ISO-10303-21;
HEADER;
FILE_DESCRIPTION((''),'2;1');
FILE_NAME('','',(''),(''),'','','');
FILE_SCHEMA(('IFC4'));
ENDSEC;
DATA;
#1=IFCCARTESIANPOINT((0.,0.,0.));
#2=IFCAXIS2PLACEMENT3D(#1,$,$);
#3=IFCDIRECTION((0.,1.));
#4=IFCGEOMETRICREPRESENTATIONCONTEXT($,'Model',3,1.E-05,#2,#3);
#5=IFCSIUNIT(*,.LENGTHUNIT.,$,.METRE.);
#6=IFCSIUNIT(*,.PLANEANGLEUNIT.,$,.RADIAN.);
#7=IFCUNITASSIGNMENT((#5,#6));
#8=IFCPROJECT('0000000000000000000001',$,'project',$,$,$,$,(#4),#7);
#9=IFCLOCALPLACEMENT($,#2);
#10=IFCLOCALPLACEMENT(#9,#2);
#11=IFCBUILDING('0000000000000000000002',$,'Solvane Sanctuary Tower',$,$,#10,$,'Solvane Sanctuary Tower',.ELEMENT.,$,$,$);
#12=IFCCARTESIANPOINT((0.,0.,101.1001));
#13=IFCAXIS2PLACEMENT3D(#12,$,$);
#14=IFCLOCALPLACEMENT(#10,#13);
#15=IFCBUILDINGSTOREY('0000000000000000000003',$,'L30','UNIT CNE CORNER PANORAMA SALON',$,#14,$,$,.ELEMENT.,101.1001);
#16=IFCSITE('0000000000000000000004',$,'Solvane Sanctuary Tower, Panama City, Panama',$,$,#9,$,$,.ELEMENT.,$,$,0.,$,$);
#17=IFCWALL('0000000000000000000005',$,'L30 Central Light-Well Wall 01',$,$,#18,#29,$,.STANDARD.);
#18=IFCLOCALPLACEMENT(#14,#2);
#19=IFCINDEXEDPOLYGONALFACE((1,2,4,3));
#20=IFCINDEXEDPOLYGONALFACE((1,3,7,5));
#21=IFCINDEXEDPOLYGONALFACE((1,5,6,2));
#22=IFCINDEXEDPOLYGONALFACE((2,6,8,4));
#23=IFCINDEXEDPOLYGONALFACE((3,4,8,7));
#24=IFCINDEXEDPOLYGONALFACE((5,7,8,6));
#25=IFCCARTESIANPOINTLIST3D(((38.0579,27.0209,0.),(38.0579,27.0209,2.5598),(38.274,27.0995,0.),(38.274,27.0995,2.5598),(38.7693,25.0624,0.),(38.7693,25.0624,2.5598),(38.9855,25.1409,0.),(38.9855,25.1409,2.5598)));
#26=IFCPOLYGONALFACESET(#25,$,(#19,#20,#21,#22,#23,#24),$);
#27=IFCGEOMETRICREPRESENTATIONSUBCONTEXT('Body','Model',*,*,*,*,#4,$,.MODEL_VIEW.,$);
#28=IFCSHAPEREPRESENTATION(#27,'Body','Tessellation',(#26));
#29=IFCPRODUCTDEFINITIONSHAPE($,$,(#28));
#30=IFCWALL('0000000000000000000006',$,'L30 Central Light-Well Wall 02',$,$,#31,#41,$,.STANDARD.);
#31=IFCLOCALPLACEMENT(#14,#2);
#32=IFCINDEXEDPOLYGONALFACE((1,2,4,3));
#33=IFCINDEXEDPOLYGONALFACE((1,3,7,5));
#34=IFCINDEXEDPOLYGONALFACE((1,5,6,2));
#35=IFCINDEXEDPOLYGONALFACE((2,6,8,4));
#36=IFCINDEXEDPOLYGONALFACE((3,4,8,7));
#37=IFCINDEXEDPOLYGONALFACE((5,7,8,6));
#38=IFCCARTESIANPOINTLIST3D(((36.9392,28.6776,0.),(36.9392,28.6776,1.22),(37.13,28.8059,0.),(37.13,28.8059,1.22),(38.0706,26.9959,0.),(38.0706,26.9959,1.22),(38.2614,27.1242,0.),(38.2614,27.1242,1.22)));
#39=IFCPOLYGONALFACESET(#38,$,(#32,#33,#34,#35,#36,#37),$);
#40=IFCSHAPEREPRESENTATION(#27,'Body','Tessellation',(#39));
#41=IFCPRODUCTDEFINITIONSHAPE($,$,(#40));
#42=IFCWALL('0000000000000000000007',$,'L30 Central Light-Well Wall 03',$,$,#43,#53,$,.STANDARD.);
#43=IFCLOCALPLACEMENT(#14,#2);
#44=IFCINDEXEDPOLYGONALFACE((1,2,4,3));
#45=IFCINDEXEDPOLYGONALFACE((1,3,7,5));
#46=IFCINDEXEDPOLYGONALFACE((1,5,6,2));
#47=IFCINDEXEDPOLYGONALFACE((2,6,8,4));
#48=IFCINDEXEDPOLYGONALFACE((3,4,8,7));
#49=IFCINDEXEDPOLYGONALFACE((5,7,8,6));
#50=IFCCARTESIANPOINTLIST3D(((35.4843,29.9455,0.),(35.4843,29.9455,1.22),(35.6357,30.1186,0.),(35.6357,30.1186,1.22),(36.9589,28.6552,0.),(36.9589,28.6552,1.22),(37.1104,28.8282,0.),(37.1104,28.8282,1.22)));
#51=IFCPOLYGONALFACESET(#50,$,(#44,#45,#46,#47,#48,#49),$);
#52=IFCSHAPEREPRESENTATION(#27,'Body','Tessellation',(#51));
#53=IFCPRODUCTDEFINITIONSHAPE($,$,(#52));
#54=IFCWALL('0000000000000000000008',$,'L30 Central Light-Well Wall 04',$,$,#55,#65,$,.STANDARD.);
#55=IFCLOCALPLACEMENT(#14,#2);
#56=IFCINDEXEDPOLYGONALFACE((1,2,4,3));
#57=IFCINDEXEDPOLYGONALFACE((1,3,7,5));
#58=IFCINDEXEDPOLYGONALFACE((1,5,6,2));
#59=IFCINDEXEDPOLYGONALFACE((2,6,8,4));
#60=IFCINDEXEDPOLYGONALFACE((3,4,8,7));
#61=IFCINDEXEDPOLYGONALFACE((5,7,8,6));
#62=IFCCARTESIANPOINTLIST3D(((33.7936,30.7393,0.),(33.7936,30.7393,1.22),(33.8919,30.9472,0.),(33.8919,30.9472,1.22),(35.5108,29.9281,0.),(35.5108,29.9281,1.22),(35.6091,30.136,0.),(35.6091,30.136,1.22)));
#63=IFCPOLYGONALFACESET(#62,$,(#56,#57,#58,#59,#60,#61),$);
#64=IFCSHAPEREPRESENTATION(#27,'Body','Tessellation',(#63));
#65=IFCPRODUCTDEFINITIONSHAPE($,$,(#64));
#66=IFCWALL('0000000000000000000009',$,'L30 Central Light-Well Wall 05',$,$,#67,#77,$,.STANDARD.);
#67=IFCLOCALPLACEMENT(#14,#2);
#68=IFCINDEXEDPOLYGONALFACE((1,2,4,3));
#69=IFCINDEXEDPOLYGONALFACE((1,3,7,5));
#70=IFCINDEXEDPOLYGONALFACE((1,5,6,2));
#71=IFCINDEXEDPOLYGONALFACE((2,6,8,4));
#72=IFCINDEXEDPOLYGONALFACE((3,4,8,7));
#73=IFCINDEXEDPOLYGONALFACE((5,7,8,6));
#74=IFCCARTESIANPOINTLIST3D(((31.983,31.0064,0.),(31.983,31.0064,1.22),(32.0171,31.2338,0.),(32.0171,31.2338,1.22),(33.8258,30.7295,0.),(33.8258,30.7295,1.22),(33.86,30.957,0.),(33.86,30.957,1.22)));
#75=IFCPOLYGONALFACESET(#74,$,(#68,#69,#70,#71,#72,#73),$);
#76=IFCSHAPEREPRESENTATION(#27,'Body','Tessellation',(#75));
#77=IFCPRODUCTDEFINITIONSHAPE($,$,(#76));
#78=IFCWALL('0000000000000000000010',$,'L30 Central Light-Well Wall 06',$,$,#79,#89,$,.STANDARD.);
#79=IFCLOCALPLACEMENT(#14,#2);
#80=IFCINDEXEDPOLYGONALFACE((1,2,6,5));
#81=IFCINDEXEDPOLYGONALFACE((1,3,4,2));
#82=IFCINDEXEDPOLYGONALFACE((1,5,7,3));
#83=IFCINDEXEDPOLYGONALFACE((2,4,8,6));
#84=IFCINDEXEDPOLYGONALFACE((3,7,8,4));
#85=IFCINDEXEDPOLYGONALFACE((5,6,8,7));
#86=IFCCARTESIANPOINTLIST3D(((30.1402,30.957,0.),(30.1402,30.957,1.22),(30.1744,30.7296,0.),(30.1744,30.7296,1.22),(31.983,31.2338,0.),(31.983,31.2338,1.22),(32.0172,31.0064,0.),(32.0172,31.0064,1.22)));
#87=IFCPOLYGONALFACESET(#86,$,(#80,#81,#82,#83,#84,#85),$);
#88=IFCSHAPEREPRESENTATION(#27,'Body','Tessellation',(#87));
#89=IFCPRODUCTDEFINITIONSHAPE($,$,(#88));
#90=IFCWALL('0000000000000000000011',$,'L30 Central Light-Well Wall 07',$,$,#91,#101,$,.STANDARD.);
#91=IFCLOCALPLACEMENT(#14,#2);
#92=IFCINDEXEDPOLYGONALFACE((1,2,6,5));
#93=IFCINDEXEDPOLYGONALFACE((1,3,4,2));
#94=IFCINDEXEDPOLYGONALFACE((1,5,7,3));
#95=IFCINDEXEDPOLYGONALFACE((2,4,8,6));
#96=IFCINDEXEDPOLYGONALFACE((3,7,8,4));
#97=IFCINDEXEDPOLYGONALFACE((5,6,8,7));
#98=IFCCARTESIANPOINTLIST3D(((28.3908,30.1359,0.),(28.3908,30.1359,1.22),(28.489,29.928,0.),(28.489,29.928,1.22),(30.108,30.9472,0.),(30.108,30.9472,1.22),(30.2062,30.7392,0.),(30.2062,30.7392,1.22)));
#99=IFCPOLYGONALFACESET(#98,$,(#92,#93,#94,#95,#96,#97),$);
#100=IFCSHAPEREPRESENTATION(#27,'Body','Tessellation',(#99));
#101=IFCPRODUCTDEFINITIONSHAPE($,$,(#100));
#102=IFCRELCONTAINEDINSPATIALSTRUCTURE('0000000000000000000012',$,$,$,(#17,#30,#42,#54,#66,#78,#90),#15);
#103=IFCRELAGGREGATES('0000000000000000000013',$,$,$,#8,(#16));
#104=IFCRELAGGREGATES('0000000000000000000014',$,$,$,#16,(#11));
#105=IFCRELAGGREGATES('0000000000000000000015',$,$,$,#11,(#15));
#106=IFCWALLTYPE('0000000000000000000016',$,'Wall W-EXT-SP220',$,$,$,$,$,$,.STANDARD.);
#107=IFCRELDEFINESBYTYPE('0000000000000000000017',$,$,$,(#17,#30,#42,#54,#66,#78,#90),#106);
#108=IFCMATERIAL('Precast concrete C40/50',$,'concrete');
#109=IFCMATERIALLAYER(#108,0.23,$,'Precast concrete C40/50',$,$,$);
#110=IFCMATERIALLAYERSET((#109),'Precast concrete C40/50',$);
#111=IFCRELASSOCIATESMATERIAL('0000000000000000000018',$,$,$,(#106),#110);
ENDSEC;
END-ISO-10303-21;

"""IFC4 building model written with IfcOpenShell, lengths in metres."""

from ifc_helpers import new_model, si_unit, direction, frame, frame_2d, origin, place, context, subcontext, project, spatial, rectangle, extrude, material, layer, layer_set, type_object, element, save


model = new_model("IFC4")

# Units and contexts
model_context = context("Model", 3, precision=1e-05, world=origin(), true_north=direction((0.0, 1.0)))
body_context = subcontext(model_context, "Body", "Model", "MODEL_VIEW")
ifc_project = project(units=[si_unit("LENGTHUNIT", "METRE"), si_unit("PLANEANGLEUNIT", "RADIAN")], contexts=[model_context])

# Site, building, storey
site_placement = place(None, origin())
site = spatial("IfcSite", under=ifc_project, at=site_placement, Name="Solvane Sanctuary Tower, Panama City, Panama", CompositionType="ELEMENT", RefElevation=0.0)
building_placement = place(site_placement, origin())
building = spatial("IfcBuilding", under=site, at=building_placement, Name="Solvane Sanctuary Tower", LongName="Solvane Sanctuary Tower", CompositionType="ELEMENT")
storey_placement = place(building_placement, frame((0.0, 0.0, 101.1001)))
storey = spatial("IfcBuildingStorey", under=building, at=storey_placement, Name="L30", Description="UNIT CNE CORNER PANORAMA SALON", CompositionType="ELEMENT", Elevation=101.1001)

# Walls
ifc_material_1 = material(Name="Precast concrete C40/50", Category="concrete")
ifc_layer_1 = layer(ifc_material_1, 0.23, Name="Precast concrete C40/50")
ifc_layer_set_1 = layer_set([ifc_layer_1], Name="Precast concrete C40/50")
wall_type_1 = type_object("IfcWallType", Name="Wall W-EXT-SP220", PredefinedType="STANDARD", material=ifc_layer_set_1)
wall_1_placement = place(storey_placement, frame((38.8774, 25.1016, 0.0), z_axis=(0.0, 0.0, 1.0), x_axis=(-0.341423, 0.93991, 0.0)))
element("IfcWall", 1, at=wall_1_placement, inside=storey, type_object=wall_type_1, Name="L30 Central Light-Well Wall 01", PredefinedType="STANDARD", context=body_context, shape_type="SweptSolid", body=[
    extrude(rectangle(XDim=2.0837, YDim=0.23, at=frame_2d((1.042, 0.0))), origin(), (0.0, 0.0, 1.0), 2.5598),
])
wall_2_placement = place(storey_placement, frame((38.166, 27.0601, 0.0), z_axis=(0.0, 0.0, 1.0), x_axis=(-0.558198, 0.829708, 0.0)))
element("IfcWall", 2, at=wall_2_placement, inside=storey, type_object=wall_type_1, Name="L30 Central Light-Well Wall 02", PredefinedType="STANDARD", context=body_context, shape_type="SweptSolid", body=[
    extrude(rectangle(XDim=2.0269, YDim=0.23, at=frame_2d((1.0134, 0.0))), origin(), (0.0, 0.0, 1.0), 1.22),
])
wall_3_placement = place(storey_placement, frame((37.0347, 28.7417, 0.0), z_axis=(0.0, 0.0, 1.0), x_axis=(-0.752577, 0.658505, 0.0)))
element("IfcWall", 3, at=wall_3_placement, inside=storey, type_object=wall_type_1, Name="L30 Central Light-Well Wall 03", PredefinedType="STANDARD", context=body_context, shape_type="SweptSolid", body=[
    extrude(rectangle(XDim=1.9595, YDim=0.23, at=frame_2d((0.9797, 0.0))), origin(), (0.0, 0.0, 1.0), 1.22),
])
wall_4_placement = place(storey_placement, frame((35.5601, 30.032, 0.0), z_axis=(0.0, 0.0, 1.0), x_axis=(-0.90418, 0.427152, 0.0)))
element("IfcWall", 4, at=wall_4_placement, inside=storey, type_object=wall_type_1, Name="L30 Central Light-Well Wall 04", PredefinedType="STANDARD", context=body_context, shape_type="SweptSolid", body=[
    extrude(rectangle(XDim=1.8992, YDim=0.23, at=frame_2d((0.9497, 0.0))), origin(), (0.0, 0.0, 1.0), 1.22),
])
for number, where, z_axis, x_axis, name in (
    (5, (33.8428, 30.8433, 0.0), (0.0, 0.0, 1.0), (-0.988902, 0.148571, 0.0), "L30 Central Light-Well Wall 05"),
    (6, (32.0, 31.1201, 0.0), (0.0, 0.0, 1.0), (-0.988902, -0.148571, 0.0), "L30 Central Light-Well Wall 06"),
):
    element("IfcWall", number, at=place(storey_placement, frame(where, z_axis=z_axis, x_axis=x_axis)), inside=storey, type_object=wall_type_1, Name=name, PredefinedType="STANDARD", context=body_context, shape_type="SweptSolid", body=[
        extrude(rectangle(XDim=1.8635, YDim=0.23, at=frame_2d((0.9316, 0.0))), origin(), (0.0, 0.0, 1.0), 1.22),
    ])
wall_5_placement = place(storey_placement, frame((30.1572, 30.8433, 0.0), z_axis=(0.0, 0.0, 1.0), x_axis=(-0.90418, -0.427152, 0.0)))
element("IfcWall", 7, at=wall_5_placement, inside=storey, type_object=wall_type_1, Name="L30 Central Light-Well Wall 07", PredefinedType="STANDARD", context=body_context, shape_type="SweptSolid", body=[
    extrude(rectangle(XDim=1.8992, YDim=0.23, at=frame_2d((0.9497, 0.0))), origin(), (0.0, 0.0, 1.0), 1.22),
])

save(model, "model.ifc")
